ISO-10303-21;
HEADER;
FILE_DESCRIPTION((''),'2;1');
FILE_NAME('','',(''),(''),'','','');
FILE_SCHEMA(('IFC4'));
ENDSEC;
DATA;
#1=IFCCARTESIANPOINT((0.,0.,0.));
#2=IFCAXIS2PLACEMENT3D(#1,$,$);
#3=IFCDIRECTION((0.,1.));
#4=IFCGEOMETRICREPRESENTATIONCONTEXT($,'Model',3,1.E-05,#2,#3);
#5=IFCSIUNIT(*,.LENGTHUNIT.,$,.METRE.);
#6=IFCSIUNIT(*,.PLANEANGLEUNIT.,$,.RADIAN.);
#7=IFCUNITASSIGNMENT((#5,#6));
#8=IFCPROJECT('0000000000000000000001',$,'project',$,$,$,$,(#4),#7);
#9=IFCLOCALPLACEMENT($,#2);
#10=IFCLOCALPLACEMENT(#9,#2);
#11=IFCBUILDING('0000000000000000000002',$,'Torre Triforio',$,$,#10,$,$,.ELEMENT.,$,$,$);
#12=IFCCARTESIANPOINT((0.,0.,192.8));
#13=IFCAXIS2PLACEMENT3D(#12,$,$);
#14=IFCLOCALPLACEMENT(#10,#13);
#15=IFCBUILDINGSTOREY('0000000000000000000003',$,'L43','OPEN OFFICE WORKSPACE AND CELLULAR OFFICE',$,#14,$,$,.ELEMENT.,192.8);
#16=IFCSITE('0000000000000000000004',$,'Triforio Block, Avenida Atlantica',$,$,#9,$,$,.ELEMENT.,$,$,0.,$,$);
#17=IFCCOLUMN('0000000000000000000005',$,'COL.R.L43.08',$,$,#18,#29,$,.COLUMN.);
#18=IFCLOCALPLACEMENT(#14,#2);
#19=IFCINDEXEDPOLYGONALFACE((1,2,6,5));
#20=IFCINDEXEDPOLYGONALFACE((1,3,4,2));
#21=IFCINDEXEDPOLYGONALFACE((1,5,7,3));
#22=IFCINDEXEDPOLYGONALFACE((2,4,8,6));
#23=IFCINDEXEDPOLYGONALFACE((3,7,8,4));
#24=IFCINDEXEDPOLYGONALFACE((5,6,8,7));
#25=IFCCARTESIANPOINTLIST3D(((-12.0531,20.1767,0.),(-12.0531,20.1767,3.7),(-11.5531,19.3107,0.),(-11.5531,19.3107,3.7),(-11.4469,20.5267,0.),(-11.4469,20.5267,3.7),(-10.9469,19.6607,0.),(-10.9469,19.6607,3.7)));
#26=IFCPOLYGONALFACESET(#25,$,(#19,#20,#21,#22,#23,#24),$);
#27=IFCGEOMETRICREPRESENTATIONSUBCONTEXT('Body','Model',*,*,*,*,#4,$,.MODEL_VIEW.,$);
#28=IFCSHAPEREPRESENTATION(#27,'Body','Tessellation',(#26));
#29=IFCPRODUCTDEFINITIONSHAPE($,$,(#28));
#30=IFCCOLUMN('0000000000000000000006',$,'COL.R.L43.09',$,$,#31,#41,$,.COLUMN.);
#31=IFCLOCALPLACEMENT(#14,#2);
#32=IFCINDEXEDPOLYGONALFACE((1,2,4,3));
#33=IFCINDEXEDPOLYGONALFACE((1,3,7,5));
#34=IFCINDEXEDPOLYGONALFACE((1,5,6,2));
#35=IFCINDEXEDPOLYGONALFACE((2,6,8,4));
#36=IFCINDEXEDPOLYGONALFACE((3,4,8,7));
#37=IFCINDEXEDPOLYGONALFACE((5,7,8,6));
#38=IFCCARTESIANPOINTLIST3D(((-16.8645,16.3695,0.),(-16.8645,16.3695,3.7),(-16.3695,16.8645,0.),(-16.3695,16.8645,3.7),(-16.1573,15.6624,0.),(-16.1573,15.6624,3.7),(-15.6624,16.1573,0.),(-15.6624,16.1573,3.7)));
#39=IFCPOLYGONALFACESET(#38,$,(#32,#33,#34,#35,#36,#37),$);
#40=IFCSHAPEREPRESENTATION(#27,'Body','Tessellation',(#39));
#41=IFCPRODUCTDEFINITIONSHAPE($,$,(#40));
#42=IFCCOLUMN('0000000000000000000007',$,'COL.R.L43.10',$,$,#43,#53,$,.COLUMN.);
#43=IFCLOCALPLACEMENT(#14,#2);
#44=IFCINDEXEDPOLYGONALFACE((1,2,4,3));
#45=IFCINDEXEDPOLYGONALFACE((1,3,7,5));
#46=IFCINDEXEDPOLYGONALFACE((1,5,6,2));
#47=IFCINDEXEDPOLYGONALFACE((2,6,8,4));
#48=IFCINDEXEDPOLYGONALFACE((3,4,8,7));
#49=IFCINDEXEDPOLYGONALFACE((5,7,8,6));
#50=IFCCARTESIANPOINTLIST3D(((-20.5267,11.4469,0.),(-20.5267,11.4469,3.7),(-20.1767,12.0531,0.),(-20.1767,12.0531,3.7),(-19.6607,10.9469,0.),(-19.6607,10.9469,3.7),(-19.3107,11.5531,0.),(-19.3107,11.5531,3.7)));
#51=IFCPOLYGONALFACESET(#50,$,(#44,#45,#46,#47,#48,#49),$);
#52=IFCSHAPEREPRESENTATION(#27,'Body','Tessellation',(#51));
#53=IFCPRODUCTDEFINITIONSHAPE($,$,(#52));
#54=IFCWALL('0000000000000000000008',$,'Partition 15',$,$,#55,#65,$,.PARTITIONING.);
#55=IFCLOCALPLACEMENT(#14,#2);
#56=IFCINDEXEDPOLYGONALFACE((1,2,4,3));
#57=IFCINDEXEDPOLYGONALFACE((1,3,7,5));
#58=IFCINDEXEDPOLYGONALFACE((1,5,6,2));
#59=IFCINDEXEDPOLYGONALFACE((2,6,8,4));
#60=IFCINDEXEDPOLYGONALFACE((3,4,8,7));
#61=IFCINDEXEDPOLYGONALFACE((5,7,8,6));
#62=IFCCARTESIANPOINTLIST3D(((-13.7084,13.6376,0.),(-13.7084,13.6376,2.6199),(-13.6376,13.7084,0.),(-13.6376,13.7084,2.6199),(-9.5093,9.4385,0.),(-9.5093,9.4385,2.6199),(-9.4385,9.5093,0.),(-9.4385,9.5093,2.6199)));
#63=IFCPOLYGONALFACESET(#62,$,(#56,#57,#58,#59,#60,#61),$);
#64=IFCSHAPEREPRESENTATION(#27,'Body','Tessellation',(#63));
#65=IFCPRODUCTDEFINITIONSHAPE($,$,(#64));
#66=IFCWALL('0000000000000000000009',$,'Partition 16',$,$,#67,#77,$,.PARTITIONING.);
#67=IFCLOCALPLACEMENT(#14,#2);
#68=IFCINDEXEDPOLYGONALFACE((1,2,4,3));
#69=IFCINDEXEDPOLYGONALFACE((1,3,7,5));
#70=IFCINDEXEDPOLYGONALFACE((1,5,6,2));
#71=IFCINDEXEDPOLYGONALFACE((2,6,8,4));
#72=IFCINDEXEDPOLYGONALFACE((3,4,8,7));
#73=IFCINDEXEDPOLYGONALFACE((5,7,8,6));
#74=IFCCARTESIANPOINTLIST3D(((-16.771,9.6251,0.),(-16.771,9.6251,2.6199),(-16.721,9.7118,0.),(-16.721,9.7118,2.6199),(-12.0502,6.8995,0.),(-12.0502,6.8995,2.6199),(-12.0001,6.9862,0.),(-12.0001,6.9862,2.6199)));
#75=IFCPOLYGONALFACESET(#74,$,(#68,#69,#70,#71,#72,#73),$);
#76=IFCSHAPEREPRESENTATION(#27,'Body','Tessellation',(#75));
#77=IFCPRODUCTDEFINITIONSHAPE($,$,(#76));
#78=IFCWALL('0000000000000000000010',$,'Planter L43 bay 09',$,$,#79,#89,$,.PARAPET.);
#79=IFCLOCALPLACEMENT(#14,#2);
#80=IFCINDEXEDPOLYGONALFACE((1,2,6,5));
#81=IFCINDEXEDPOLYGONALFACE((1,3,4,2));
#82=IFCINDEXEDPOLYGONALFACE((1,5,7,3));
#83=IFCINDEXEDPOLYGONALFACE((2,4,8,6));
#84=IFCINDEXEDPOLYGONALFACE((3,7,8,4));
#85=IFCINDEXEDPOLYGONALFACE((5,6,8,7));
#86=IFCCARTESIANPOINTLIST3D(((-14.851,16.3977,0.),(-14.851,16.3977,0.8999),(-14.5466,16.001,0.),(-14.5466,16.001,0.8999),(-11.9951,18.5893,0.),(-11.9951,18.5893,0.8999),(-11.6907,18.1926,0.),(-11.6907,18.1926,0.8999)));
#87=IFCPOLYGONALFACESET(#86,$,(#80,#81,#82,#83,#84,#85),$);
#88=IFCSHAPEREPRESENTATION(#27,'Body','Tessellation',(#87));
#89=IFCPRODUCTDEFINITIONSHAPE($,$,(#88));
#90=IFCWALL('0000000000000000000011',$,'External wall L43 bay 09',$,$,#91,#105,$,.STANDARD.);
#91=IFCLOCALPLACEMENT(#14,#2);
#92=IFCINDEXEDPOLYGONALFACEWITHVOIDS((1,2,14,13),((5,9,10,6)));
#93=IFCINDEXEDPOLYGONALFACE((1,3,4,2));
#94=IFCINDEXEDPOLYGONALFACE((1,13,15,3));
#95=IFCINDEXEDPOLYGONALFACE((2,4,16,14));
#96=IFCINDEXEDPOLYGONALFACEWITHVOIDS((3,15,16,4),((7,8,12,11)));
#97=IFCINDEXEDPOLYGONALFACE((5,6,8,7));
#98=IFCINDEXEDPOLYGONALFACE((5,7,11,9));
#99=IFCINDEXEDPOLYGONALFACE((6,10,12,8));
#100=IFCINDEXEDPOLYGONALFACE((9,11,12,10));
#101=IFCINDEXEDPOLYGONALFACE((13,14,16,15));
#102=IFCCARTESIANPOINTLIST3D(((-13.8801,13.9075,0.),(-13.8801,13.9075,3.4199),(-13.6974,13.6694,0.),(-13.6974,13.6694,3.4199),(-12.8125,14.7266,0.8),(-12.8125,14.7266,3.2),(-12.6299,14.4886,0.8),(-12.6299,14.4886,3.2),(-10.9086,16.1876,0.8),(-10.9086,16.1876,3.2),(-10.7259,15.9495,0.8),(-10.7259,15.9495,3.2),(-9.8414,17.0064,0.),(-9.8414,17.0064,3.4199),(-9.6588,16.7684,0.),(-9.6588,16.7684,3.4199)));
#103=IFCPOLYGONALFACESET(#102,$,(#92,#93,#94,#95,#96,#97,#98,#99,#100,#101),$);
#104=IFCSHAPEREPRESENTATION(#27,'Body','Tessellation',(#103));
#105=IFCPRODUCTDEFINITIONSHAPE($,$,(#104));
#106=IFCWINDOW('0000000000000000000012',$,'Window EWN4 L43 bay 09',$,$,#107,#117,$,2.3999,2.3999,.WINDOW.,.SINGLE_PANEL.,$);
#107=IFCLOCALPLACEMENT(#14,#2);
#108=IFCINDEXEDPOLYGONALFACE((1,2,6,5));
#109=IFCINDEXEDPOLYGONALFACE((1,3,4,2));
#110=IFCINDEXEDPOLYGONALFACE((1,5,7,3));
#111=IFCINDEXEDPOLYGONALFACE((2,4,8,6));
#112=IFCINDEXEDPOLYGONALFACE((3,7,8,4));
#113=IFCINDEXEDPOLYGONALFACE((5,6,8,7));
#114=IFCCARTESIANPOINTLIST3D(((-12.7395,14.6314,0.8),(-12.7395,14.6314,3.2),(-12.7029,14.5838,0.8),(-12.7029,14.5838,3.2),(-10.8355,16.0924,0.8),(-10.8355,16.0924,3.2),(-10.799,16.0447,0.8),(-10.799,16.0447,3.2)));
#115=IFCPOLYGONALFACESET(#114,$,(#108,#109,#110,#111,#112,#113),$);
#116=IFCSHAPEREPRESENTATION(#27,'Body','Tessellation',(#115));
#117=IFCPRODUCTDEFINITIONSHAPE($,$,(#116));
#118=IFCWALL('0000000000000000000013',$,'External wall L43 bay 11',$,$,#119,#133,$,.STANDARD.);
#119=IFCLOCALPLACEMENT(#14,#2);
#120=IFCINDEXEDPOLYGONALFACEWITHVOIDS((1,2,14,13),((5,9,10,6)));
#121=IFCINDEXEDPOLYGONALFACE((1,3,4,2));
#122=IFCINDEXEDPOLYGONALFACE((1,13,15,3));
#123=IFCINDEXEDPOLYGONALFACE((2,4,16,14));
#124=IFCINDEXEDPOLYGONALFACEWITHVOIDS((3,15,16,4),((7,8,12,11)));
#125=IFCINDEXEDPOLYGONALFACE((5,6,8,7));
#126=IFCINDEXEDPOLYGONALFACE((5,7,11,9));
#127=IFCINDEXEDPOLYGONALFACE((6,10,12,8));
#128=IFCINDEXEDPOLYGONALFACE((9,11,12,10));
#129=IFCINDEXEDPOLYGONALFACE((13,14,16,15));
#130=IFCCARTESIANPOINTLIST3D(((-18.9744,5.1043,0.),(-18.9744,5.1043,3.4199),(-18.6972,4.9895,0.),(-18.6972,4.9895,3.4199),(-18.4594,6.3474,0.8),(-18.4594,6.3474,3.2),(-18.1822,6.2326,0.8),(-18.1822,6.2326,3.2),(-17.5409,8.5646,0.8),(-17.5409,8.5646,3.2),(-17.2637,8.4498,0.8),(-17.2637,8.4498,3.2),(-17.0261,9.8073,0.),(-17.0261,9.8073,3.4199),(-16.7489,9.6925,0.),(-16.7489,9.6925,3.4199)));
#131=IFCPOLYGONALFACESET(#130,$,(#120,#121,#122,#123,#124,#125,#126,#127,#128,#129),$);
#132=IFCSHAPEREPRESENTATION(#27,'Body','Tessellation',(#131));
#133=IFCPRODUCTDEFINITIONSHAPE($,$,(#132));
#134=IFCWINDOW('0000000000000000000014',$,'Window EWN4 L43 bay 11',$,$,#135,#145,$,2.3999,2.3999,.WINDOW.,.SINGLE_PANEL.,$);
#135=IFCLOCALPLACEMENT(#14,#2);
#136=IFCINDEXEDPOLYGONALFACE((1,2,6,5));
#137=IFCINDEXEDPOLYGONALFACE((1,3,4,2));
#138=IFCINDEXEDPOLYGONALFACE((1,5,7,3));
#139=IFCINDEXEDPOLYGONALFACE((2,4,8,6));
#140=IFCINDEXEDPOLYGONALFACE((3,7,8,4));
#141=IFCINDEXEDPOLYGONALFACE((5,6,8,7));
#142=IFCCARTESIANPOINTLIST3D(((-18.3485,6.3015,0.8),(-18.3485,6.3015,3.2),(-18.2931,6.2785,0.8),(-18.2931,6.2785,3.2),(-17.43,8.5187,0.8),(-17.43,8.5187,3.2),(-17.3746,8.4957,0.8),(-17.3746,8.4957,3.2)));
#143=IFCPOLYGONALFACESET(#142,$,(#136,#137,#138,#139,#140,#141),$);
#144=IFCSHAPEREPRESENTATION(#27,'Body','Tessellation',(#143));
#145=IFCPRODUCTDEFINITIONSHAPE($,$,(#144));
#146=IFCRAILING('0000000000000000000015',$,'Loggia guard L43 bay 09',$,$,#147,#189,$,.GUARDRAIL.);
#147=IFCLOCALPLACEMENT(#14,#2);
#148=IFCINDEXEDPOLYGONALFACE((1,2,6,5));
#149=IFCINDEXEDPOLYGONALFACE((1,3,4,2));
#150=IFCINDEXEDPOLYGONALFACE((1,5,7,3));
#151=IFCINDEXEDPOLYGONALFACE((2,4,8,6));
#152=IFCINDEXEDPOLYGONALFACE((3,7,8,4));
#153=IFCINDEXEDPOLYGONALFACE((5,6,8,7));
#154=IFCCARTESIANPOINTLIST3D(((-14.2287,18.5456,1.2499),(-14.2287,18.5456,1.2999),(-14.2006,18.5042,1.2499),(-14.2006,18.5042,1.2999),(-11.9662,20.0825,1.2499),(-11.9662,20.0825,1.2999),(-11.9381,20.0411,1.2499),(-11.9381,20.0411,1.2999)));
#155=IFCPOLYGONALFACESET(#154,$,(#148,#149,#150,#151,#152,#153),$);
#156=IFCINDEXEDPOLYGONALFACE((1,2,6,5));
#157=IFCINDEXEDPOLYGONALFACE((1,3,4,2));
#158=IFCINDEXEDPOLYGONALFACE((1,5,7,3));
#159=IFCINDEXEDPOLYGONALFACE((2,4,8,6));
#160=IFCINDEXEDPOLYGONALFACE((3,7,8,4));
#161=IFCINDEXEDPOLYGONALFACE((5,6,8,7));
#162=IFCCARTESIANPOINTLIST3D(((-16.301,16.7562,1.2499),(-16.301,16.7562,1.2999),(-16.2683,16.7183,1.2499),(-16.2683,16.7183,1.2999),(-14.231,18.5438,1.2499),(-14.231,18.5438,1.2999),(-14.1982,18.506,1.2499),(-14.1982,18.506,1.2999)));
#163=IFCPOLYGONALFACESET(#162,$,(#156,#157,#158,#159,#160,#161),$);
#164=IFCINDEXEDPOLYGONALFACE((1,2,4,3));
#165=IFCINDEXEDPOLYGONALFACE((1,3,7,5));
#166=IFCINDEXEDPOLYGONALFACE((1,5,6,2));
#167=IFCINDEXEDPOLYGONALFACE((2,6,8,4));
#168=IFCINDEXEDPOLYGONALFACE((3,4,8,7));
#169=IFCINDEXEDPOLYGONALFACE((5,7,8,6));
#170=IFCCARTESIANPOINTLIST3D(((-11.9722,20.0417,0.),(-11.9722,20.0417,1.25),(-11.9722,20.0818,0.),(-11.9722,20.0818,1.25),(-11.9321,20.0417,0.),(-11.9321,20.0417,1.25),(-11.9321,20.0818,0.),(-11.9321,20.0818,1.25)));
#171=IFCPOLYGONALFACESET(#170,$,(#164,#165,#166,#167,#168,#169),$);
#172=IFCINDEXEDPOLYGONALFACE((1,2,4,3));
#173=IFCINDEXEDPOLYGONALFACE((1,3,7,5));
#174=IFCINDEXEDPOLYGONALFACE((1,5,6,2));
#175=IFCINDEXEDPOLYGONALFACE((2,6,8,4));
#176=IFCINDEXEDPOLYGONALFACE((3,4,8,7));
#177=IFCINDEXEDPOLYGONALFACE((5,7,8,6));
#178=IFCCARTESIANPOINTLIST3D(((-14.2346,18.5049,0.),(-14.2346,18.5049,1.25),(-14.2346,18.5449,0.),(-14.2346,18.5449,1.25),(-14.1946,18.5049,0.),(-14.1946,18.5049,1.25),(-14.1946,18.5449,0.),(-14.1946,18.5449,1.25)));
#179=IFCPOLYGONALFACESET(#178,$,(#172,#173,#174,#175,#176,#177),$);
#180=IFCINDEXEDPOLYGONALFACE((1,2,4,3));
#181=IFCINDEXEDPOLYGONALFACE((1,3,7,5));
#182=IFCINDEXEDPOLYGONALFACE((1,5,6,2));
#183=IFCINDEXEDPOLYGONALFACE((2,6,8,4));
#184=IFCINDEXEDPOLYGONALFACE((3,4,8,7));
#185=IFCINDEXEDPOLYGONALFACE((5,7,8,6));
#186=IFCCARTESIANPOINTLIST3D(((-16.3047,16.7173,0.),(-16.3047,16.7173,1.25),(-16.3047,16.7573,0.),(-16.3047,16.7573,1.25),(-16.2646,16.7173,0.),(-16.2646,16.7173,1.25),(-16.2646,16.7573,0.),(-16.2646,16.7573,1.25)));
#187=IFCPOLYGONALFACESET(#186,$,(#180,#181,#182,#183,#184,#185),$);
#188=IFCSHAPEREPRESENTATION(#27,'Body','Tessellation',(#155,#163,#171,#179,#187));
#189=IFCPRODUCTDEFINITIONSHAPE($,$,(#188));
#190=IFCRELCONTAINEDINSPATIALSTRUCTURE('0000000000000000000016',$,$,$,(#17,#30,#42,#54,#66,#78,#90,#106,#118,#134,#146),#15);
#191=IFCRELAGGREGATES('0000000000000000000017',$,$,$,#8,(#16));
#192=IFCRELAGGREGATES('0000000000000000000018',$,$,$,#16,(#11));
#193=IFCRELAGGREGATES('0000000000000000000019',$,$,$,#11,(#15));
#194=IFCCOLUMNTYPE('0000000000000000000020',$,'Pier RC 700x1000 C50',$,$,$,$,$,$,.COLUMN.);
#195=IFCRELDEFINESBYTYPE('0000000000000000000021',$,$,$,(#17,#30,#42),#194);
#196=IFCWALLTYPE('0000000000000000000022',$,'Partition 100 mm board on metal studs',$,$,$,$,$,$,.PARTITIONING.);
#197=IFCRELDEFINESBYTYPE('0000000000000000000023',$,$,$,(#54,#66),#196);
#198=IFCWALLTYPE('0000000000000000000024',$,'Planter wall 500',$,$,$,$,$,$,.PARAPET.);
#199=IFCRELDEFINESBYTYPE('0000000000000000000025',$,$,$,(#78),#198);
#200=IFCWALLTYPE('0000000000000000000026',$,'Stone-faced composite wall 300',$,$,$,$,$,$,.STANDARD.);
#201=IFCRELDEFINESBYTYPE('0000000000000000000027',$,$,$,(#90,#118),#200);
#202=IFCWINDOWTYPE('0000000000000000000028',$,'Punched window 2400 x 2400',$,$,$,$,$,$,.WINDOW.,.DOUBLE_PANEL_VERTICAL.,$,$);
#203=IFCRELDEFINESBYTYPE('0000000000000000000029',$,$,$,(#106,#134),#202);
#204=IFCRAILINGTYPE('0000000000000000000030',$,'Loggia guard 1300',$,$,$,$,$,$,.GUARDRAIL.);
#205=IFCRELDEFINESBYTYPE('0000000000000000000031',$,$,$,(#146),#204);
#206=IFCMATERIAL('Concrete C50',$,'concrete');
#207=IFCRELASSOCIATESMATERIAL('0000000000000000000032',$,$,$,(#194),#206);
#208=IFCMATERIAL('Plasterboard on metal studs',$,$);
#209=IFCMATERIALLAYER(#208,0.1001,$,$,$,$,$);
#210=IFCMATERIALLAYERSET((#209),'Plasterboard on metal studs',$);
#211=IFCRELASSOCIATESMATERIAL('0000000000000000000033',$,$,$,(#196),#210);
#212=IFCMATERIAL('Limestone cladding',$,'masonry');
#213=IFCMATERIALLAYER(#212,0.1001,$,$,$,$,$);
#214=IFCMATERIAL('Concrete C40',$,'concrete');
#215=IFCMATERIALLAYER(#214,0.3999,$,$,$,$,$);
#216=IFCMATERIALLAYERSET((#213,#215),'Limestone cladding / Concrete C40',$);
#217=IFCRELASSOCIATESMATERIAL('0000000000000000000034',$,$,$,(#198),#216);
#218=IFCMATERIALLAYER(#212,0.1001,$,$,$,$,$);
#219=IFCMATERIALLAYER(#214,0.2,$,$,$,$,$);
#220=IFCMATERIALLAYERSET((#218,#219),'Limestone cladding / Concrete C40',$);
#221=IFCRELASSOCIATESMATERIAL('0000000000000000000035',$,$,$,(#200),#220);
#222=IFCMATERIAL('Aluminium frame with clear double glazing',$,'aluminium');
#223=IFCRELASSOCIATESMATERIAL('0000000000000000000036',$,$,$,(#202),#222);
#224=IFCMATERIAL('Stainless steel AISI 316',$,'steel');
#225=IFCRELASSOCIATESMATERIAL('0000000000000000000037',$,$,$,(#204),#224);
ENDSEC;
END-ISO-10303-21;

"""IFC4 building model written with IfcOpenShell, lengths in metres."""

from ifc_helpers import new_model, si_unit, direction, frame, frame_2d, origin, origin_2d, place, context, subcontext, project, spatial, rectangle, extrude, material, layer, layer_set, material_profile, profile_set, type_object, element, fill, save


model = new_model("IFC4")

# Units and contexts
model_context = context("Model", 3, precision=1e-05, world=origin(), true_north=direction((0.0, 1.0)))
body_context = subcontext(model_context, "Body", "Model", "MODEL_VIEW")
ifc_project = project(units=[si_unit("LENGTHUNIT", "METRE"), si_unit("PLANEANGLEUNIT", "RADIAN")], contexts=[model_context])

# Site, building, storey
site_placement = place(None, origin())
site = spatial("IfcSite", under=ifc_project, at=site_placement, Name="Triforio Block, Avenida Atlantica", CompositionType="ELEMENT", RefElevation=0.0)
building_placement = place(site_placement, origin())
building = spatial("IfcBuilding", under=site, at=building_placement, Name="Torre Triforio", CompositionType="ELEMENT")
storey_placement = place(building_placement, frame((0.0, 0.0, 192.8)))
storey = spatial("IfcBuildingStorey", under=building, at=storey_placement, Name="L43", Description="OPEN OFFICE WORKSPACE AND CELLULAR OFFICE", CompositionType="ELEMENT", Elevation=192.8)

# Columns
ifc_material_1 = material(Name="Concrete C50", Category="concrete")
ifc_material_profile = material_profile(ifc_material_1, rectangle(XDim=0.7, YDim=1.0, at=origin_2d()), Name="RC 700x1000")
ifc_profile_set = profile_set([ifc_material_profile], Name="Concrete C50")
column_type = type_object("IfcColumnType", Name="Pier RC 700x1000 C50", PredefinedType="COLUMN", material=ifc_profile_set)
for number, where, z_axis, x_axis, name in (
    (1, (-11.5, 19.9187, 0.0), (0.0, 0.0, 1.0), (-0.866025, -0.5, 0.0), "COL.R.L43.08"),
    (2, (-16.2634, 16.2634, 0.0), (0.0, 0.0, 1.0), (-0.707107, -0.707107, 0.0), "COL.R.L43.09"),
    (3, (-19.9187, 11.5, 0.0), (0.0, 0.0, 1.0), (-0.5, -0.866025, 0.0), "COL.R.L43.10"),
):
    element("IfcColumn", number, at=place(storey_placement, frame(where, z_axis=z_axis, x_axis=x_axis)), inside=storey, type_object=column_type, Name=name, PredefinedType="COLUMN", context=body_context, shape_type="SweptSolid", body=[
        extrude(rectangle(XDim=0.7, YDim=1.0, at=origin_2d()), origin(), (0.0, 0.0, 1.0), 3.7),
    ])

# Walls
ifc_material_2 = material(Name="Plasterboard on metal studs")
ifc_layer_1 = layer(ifc_material_2, 0.1001)
ifc_layer_set_1 = layer_set([ifc_layer_1], Name="Plasterboard on metal studs")
wall_type_1 = type_object("IfcWallType", Name="Partition 100 mm board on metal studs", PredefinedType="PARTITIONING", material=ifc_layer_set_1)
wall_1_placement = place(storey_placement, frame((-9.4739, 9.4739, 0.0), z_axis=(0.0, 0.0, 1.0), x_axis=(-0.707107, 0.707107, 0.0)))
element("IfcWall", 4, at=wall_1_placement, inside=storey, type_object=wall_type_1, Name="Partition 15", PredefinedType="PARTITIONING", context=body_context, shape_type="SweptSolid", body=[
    extrude(rectangle(XDim=5.9385, YDim=0.1001, at=frame_2d((2.9692, 0.0))), origin(), (0.0, 0.0, 1.0), 2.6199),
])
wall_2_placement = place(storey_placement, frame((-12.0251, 6.9429, 0.0), z_axis=(0.0, 0.0, 1.0), x_axis=(-0.86603, 0.499993, 0.0)))
element("IfcWall", 5, at=wall_2_placement, inside=storey, type_object=wall_type_1, Name="Partition 16", PredefinedType="PARTITIONING", context=body_context, shape_type="SweptSolid", body=[
    extrude(rectangle(XDim=5.4512, YDim=0.1001, at=frame_2d((2.7256, 0.0))), origin(), (0.0, 0.0, 1.0), 2.6199),
])
ifc_material_3 = material(Name="Limestone cladding", Category="masonry")
ifc_layer_2 = layer(ifc_material_3, 0.1001)
ifc_material_4 = material(Name="Concrete C40", Category="concrete")
ifc_layer_3 = layer(ifc_material_4, 0.3999)
ifc_layer_set_2 = layer_set([ifc_layer_2, ifc_layer_3], Name="Limestone cladding / Concrete C40")
wall_type_2 = type_object("IfcWallType", Name="Planter wall 500", PredefinedType="PARAPET", material=ifc_layer_set_2)
wall_3_placement = place(storey_placement, frame((-11.843, 18.3909, 0.0), z_axis=(0.0, 0.0, 1.0), x_axis=(-0.793327, -0.608796, 0.0)))
element("IfcWall", 6, at=wall_3_placement, inside=storey, type_object=wall_type_2, Name="Planter L43 bay 09", PredefinedType="PARAPET", context=body_context, shape_type="SweptSolid", body=[
    extrude(rectangle(XDim=3.5999, YDim=0.5, at=frame_2d((1.7998, 0.0))), origin(), (0.0, 0.0, 1.0), 0.8999),
])

# Wall, opening, window
ifc_layer_4 = layer(ifc_material_3, 0.1001)
ifc_layer_5 = layer(ifc_material_4, 0.2)
ifc_layer_set_3 = layer_set([ifc_layer_4, ifc_layer_5], Name="Limestone cladding / Concrete C40")
wall_type_3 = type_object("IfcWallType", Name="Stone-faced composite wall 300", PredefinedType="STANDARD", material=ifc_layer_set_3)
wall_4_placement = place(storey_placement, frame((-9.75, 16.8875, 0.0), z_axis=(0.0, 0.0, 1.0), x_axis=(-0.793356, -0.608758, 0.0)))
wall_4 = element("IfcWall", 7, at=wall_4_placement, inside=storey, type_object=wall_type_3, Name="External wall L43 bay 09", PredefinedType="STANDARD", context=body_context, shape_type="SweptSolid", body=[
    extrude(rectangle(XDim=5.0906, YDim=0.3, at=frame_2d((2.5454, 0.0))), origin(), (0.0, 0.0, 1.0), 3.4199),
])
opening_1_placement = place(wall_4_placement, frame((1.3452, 0.0, 0.8)))
opening_1 = element("IfcOpeningElement", 8, at=opening_1_placement, cuts=wall_4, PredefinedType="OPENING", context=body_context, shape_type="SweptSolid", body=[
    extrude(rectangle(XDim=2.3999, YDim=2.3999, at=frame_2d((1.2, 1.2))), frame((0.0, 0.1599, 0.0), z_axis=(0.0, -1.0, 0.0), x_axis=(1.0, 0.0, 0.0)), (0.0, 0.0, 1.0), 0.3201),
])
ifc_material_5 = material(Name="Aluminium frame with clear double glazing", Category="aluminium")
window_type_1 = type_object("IfcWindowType", Name="Punched window 2400 x 2400", PartitioningType="DOUBLE_PANEL_VERTICAL", PredefinedType="WINDOW", material=ifc_material_5)
window_1_placement = place(opening_1_placement, origin())
window_1 = element("IfcWindow", 9, at=window_1_placement, inside=storey, type_object=window_type_1, Name="Window EWN4 L43 bay 09", OverallHeight=2.3999, OverallWidth=2.3999, PartitioningType="SINGLE_PANEL", PredefinedType="WINDOW", context=body_context, shape_type="SweptSolid", body=[
    extrude(rectangle(XDim=2.3999, YDim=2.3999, at=frame_2d((1.2, 1.2))), frame((0.0, 0.03, 0.0), z_axis=(0.0, -1.0, 0.0), x_axis=(1.0, 0.0, 0.0)), (0.0, 0.0, 1.0), 0.0601),
])
fill(opening_1, window_1)

# Wall, opening, window
wall_5_placement = place(storey_placement, frame((-16.8875, 9.75, 0.0), z_axis=(0.0, 0.0, 1.0), x_axis=(-0.382725, -0.923863, 0.0)))
wall_5 = element("IfcWall", 10, at=wall_5_placement, inside=storey, type_object=wall_type_3, Name="External wall L43 bay 11", PredefinedType="STANDARD", context=body_context, shape_type="SweptSolid", body=[
    extrude(rectangle(XDim=5.0906, YDim=0.3, at=frame_2d((2.5454, 0.0))), origin(), (0.0, 0.0, 1.0), 3.4199),
])
opening_2_placement = place(wall_5_placement, frame((1.3452, 0.0, 0.8)))
opening_2 = element("IfcOpeningElement", 11, at=opening_2_placement, cuts=wall_5, PredefinedType="OPENING", context=body_context, shape_type="SweptSolid", body=[
    extrude(rectangle(XDim=2.3999, YDim=2.3999, at=frame_2d((1.2, 1.2))), frame((0.0, 0.1599, 0.0), z_axis=(0.0, -1.0, 0.0), x_axis=(1.0, 0.0, 0.0)), (0.0, 0.0, 1.0), 0.3201),
])
window_2_placement = place(opening_2_placement, origin())
window_2 = element("IfcWindow", 12, at=window_2_placement, inside=storey, type_object=window_type_1, Name="Window EWN4 L43 bay 11", OverallHeight=2.3999, OverallWidth=2.3999, PartitioningType="SINGLE_PANEL", PredefinedType="WINDOW", context=body_context, shape_type="SweptSolid", body=[
    extrude(rectangle(XDim=2.3999, YDim=2.3999, at=frame_2d((1.2, 1.2))), frame((0.0, 0.03, 0.0), z_axis=(0.0, -1.0, 0.0), x_axis=(1.0, 0.0, 0.0)), (0.0, 0.0, 1.0), 0.0601),
])
fill(opening_2, window_2)

# Railing
ifc_material_6 = material(Name="Stainless steel AISI 316", Category="steel")
railing_type = type_object("IfcRailingType", Name="Loggia guard 1300", PredefinedType="GUARDRAIL", material=ifc_material_6)
railing_1_placement = place(storey_placement, frame((-11.9521, 20.0618, 0.0)))
element("IfcRailing", 13, at=railing_1_placement, inside=storey, type_object=railing_type, Name="Loggia guard L43 bay 09", PredefinedType="GUARDRAIL", context=body_context, shape_type="SweptSolid", body=[
    extrude(rectangle(XDim=0.05, YDim=0.05, at=origin_2d()), frame((0.0, 0.0, 1.2749), z_axis=(-0.827199, -0.56191, 0.0), x_axis=(0.56191, -0.827199, 0.0)), (0.0, 0.0, 1.0), 2.7351),
    extrude(rectangle(XDim=0.05, YDim=0.05, at=origin_2d()), frame((-2.2625, -1.5369, 1.2749), z_axis=(-0.756857, -0.65358, 0.0), x_axis=(0.65358, -0.756857, 0.0)), (0.0, 0.0, 1.0), 2.7351),
    extrude(rectangle(XDim=0.04, YDim=0.04, at=origin_2d()), origin(), (0.0, 0.0, 1.0), 1.25),
    extrude(rectangle(XDim=0.04, YDim=0.04, at=origin_2d()), frame((-2.2625, -1.5369, 0.0)), (0.0, 0.0, 1.0), 1.25),
    extrude(rectangle(XDim=0.04, YDim=0.04, at=origin_2d()), frame((-4.3325, -3.3245, 0.0)), (0.0, 0.0, 1.0), 1.25),
])

save(model, "model.ifc")
